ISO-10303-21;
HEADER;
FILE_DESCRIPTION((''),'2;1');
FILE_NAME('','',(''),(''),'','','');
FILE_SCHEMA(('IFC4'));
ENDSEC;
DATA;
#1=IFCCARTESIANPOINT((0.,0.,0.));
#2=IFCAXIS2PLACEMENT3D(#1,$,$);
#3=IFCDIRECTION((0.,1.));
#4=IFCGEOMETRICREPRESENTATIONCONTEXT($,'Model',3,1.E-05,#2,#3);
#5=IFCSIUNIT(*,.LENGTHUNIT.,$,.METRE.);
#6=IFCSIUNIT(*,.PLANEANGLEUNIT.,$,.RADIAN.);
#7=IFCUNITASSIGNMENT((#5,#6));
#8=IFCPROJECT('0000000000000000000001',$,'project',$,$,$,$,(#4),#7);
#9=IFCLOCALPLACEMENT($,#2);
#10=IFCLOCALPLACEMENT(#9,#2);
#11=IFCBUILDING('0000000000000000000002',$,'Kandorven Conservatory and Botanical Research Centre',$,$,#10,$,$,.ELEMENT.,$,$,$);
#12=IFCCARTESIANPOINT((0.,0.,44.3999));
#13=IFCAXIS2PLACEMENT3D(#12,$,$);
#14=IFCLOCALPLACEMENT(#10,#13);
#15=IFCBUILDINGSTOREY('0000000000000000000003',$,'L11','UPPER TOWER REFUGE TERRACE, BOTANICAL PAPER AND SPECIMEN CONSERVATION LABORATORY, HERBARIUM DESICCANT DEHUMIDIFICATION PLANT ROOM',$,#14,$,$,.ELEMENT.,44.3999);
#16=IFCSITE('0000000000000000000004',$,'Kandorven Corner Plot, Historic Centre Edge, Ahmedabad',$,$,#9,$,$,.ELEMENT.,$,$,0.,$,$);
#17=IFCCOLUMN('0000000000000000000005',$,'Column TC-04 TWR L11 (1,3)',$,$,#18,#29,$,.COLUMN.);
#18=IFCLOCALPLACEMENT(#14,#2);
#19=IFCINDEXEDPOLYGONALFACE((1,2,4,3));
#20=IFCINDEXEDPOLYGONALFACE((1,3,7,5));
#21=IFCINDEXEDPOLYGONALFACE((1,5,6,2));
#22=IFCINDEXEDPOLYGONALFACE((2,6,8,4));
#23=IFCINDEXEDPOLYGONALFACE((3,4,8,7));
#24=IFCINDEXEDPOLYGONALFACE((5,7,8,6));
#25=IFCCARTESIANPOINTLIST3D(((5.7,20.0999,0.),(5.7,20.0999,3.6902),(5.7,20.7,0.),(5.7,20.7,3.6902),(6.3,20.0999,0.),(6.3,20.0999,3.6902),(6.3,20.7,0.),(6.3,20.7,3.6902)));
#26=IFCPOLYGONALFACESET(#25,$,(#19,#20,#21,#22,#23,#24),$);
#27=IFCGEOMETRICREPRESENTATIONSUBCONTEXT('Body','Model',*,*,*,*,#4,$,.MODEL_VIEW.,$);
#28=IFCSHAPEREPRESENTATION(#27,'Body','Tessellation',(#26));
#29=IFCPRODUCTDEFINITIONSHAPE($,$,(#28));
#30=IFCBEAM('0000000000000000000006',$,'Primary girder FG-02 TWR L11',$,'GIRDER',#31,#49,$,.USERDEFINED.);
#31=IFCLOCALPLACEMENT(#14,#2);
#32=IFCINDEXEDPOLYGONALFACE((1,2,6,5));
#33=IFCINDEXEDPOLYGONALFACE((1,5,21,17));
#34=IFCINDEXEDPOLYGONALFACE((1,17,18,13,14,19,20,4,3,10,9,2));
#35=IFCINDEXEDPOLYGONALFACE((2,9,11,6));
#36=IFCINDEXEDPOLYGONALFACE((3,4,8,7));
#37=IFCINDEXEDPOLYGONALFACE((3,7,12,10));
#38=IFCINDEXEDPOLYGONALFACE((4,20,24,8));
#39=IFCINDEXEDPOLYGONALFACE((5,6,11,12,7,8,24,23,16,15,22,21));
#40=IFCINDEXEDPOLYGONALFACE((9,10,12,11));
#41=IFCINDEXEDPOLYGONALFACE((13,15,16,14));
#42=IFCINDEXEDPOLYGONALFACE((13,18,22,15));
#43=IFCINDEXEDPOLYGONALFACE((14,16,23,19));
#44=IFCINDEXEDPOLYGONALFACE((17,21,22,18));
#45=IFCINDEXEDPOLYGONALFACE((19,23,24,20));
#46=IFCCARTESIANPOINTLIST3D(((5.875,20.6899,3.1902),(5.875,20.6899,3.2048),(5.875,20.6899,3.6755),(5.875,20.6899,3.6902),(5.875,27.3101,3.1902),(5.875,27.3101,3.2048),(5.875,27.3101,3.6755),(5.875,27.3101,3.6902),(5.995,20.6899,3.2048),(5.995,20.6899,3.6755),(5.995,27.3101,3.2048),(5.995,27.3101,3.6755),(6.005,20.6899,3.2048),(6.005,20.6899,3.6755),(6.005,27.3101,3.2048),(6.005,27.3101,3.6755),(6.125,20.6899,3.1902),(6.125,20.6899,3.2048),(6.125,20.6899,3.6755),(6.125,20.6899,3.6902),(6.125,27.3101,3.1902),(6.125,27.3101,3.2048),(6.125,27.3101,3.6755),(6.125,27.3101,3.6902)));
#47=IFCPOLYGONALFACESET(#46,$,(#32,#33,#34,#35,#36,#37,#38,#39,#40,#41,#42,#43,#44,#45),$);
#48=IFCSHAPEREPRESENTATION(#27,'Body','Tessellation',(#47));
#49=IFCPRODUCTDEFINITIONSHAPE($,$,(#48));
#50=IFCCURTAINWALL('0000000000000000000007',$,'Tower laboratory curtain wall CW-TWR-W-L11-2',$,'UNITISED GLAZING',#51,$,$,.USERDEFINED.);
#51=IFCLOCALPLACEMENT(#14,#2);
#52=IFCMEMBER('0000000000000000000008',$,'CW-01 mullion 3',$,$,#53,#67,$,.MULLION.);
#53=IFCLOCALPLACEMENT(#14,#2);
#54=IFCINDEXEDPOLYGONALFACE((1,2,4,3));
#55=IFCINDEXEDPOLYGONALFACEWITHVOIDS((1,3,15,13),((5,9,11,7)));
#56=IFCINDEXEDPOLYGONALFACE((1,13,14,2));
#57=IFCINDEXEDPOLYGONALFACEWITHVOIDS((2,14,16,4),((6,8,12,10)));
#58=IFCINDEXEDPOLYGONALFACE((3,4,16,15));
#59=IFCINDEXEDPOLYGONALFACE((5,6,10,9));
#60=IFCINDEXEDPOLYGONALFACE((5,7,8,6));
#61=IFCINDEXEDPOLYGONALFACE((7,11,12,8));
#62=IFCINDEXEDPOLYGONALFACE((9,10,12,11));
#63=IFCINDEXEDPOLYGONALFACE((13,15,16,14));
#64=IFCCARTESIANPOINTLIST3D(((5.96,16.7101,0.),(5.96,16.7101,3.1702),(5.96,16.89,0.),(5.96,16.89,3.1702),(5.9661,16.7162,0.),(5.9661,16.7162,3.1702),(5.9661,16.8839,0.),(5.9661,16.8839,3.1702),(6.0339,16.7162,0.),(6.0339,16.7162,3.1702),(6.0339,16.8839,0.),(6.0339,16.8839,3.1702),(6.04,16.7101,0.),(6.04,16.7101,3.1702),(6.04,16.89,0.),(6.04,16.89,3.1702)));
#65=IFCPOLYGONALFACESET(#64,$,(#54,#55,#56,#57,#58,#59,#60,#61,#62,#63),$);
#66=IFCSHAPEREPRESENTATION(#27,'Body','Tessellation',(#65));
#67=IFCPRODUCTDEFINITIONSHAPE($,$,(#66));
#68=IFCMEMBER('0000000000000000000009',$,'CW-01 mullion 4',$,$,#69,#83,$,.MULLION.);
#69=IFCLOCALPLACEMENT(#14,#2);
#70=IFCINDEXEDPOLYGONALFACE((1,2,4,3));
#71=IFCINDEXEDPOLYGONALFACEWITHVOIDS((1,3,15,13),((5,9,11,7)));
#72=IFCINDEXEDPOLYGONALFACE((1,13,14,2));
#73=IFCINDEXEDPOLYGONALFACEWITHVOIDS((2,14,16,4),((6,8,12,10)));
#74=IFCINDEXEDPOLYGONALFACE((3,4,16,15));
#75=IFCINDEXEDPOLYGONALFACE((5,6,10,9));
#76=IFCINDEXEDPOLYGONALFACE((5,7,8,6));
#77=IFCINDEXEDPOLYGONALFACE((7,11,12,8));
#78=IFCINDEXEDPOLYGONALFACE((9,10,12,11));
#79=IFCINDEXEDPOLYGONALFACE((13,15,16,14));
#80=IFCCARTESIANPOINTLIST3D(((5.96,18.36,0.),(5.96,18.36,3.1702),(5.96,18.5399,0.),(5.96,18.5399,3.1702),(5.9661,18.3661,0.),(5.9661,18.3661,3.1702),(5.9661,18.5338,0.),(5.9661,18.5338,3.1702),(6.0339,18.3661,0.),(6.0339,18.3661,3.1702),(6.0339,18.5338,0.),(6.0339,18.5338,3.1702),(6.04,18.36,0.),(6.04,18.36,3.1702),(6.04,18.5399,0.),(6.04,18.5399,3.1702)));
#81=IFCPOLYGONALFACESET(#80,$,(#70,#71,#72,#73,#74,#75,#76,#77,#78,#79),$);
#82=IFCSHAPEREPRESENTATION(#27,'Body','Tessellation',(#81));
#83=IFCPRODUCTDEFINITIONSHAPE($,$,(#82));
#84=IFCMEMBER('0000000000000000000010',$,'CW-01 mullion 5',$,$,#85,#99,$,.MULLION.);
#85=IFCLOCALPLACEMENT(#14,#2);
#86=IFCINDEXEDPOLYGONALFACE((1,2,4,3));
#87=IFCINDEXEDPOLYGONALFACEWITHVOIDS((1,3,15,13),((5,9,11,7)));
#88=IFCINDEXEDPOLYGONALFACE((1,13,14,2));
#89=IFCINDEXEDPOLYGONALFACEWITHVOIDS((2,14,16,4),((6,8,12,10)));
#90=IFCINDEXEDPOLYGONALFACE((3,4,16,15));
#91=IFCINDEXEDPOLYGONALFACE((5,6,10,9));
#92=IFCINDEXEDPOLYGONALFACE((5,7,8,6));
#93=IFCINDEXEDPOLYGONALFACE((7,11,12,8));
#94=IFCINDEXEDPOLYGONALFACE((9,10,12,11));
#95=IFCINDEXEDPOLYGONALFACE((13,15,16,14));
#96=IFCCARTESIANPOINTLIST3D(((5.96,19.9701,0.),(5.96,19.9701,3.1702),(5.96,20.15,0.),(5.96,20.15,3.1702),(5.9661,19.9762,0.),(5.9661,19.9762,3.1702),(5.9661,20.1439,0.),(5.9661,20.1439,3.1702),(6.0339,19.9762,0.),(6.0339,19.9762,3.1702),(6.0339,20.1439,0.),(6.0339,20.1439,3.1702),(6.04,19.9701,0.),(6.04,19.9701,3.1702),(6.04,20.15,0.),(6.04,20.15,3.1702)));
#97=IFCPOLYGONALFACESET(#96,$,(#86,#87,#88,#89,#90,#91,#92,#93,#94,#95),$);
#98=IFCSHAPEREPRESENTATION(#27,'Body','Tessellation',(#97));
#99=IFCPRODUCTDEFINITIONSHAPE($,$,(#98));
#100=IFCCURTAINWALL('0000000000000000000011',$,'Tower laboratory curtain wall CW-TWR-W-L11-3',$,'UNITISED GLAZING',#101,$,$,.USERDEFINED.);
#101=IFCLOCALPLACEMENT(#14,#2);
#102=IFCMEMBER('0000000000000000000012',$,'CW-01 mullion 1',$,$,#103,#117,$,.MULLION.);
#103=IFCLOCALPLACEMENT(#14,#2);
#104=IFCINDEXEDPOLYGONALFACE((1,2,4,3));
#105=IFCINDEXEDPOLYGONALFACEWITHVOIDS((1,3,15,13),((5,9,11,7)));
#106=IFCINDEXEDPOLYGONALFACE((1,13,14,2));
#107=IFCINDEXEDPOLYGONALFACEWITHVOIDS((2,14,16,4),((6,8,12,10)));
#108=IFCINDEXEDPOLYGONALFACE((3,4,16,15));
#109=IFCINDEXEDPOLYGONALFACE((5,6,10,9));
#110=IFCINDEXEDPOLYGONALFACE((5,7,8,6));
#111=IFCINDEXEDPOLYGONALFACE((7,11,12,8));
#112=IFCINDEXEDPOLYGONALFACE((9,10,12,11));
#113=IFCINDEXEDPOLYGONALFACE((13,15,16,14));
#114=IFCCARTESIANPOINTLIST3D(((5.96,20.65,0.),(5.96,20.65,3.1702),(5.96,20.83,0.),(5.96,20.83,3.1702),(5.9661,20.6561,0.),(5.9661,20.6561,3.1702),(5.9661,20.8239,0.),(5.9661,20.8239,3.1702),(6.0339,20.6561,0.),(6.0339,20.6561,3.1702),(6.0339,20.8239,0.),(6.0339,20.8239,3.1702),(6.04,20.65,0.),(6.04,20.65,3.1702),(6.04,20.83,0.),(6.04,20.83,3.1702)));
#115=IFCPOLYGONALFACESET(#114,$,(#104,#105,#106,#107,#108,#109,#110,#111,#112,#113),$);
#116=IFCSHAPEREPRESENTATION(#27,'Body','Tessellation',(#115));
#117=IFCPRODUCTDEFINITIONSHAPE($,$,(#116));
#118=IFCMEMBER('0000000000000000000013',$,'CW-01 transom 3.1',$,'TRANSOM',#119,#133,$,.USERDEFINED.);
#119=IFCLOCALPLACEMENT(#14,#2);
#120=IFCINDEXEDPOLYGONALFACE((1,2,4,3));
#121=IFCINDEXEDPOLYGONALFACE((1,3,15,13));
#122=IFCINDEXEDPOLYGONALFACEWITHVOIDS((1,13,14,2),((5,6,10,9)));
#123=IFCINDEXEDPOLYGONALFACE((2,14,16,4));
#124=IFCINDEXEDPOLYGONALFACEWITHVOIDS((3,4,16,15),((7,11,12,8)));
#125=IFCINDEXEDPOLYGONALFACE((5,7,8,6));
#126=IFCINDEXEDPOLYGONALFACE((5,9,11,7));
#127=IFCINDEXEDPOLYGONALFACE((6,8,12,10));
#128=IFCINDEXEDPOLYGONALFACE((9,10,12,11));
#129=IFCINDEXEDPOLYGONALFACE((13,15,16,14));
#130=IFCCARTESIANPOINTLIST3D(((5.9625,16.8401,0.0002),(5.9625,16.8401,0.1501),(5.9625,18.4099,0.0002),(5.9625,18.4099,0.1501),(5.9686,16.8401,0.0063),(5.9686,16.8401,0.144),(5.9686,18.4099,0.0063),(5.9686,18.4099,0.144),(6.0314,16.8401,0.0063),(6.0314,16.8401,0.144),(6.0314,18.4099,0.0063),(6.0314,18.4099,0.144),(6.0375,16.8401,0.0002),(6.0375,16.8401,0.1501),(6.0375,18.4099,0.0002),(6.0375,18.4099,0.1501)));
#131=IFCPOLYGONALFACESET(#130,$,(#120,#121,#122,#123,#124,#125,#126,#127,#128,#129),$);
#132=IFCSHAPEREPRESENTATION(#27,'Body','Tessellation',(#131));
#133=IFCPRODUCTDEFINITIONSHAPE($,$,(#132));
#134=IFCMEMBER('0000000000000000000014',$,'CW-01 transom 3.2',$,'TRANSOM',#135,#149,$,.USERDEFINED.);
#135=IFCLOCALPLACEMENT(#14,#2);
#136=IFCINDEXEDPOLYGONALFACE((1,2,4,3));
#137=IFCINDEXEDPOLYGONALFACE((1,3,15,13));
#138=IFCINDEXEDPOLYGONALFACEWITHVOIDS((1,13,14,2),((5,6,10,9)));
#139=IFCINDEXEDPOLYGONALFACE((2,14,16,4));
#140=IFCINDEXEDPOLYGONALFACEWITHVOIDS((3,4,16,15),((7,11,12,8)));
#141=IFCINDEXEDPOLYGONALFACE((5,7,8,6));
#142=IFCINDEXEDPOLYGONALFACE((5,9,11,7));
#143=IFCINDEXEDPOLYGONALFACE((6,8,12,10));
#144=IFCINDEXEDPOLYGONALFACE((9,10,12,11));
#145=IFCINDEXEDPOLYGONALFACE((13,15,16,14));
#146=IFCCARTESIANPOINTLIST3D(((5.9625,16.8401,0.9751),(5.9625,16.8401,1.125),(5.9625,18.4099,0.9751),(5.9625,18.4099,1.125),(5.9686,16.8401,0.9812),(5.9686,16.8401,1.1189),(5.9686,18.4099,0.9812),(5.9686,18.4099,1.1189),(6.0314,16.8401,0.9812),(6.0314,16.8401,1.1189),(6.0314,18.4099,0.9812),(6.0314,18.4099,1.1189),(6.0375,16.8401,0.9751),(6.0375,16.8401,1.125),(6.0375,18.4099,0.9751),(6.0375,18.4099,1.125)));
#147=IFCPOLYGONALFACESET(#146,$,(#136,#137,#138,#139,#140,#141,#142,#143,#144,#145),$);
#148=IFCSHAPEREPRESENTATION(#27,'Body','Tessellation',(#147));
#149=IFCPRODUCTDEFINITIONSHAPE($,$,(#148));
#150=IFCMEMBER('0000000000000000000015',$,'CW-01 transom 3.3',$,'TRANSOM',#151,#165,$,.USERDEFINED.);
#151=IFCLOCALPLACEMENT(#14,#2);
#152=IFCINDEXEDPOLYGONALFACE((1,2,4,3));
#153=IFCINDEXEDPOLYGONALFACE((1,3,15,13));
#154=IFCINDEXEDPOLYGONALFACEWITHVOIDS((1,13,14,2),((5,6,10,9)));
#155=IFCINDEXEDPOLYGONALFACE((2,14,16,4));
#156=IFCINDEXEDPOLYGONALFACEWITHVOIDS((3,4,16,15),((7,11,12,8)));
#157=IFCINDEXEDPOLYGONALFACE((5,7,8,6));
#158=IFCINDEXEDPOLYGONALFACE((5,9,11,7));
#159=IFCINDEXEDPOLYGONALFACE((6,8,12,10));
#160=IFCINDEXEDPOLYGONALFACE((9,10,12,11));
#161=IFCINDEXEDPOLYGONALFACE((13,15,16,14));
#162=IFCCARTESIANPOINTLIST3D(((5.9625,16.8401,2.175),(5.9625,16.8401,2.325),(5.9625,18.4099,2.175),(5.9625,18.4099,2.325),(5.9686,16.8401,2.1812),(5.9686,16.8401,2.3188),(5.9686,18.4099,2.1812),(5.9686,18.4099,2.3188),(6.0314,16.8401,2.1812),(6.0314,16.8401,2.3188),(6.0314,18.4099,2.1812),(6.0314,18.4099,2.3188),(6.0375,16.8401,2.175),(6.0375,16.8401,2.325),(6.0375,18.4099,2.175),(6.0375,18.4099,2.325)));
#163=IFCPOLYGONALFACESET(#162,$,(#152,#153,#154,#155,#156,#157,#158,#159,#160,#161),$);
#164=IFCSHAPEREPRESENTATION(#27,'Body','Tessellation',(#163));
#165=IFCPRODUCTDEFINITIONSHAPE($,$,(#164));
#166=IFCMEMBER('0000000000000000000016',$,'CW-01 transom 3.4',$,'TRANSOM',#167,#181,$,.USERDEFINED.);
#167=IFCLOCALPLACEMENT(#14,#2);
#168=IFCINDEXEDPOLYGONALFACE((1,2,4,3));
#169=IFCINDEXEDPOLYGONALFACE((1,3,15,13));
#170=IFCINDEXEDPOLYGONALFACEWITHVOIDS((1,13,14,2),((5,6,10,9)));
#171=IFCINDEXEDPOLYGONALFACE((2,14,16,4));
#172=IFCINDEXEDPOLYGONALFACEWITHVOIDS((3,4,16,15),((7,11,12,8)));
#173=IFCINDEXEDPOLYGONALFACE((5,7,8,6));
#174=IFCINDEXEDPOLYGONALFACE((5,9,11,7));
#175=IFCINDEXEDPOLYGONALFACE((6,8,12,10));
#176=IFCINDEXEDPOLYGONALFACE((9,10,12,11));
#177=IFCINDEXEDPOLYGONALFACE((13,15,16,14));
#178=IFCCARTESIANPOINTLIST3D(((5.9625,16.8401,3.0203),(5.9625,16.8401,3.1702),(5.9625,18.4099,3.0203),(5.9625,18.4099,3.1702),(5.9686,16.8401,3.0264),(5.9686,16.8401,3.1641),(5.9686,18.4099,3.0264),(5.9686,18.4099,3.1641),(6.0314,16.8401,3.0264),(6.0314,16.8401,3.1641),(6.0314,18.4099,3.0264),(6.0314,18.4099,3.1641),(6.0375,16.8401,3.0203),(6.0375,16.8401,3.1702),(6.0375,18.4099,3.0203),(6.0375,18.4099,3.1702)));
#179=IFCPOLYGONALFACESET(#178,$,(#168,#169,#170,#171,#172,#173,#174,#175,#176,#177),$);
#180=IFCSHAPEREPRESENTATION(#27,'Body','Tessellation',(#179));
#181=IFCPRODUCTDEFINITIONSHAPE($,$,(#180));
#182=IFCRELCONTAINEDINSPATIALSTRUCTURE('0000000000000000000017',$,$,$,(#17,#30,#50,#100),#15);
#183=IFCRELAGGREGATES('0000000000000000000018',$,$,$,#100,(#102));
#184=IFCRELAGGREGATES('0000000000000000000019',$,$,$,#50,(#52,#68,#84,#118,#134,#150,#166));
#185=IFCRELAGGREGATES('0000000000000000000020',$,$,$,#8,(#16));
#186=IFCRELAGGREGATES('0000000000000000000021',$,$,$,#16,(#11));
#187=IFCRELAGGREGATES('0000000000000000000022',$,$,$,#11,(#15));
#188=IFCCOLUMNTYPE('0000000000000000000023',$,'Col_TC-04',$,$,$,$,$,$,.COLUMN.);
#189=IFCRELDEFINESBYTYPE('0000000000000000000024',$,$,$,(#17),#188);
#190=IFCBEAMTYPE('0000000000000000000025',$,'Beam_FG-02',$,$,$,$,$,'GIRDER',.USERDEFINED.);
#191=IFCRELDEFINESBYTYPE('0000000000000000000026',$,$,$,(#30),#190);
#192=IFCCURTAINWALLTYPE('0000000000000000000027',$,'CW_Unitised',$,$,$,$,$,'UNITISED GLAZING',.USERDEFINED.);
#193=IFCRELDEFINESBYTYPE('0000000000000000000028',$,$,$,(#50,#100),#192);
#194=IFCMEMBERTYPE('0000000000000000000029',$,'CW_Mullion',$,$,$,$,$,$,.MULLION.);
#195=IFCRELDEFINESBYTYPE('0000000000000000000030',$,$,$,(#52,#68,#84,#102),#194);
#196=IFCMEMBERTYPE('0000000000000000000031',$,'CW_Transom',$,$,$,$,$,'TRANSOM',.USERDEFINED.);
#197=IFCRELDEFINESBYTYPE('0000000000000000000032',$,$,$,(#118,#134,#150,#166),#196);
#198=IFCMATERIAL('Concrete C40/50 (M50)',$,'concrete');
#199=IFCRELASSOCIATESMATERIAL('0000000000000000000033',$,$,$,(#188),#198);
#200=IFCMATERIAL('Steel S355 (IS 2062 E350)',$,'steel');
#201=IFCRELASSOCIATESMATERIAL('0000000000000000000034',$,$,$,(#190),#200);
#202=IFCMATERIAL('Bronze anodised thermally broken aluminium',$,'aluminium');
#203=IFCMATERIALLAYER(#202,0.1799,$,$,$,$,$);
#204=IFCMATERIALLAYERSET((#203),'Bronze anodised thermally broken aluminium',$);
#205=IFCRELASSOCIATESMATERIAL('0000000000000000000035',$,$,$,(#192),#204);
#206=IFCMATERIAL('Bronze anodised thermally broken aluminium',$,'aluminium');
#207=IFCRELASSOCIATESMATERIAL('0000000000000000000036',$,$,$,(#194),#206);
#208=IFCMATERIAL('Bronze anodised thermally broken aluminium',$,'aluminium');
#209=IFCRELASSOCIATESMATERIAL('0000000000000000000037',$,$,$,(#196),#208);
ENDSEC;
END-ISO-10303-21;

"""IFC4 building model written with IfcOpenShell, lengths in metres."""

from ifc_helpers import new_model, si_unit, direction, frame, origin, origin_2d, place, context, subcontext, project, spatial, rectangle, hollow_rectangle, i_section, extrude, material, layer, layer_set, material_profile, profile_set, type_object, element, aggregate, save


model = new_model("IFC4")

# Units and contexts
model_context = context("Model", 3, precision=1e-05, world=origin(), true_north=direction((0.0, 1.0)))
body_context = subcontext(model_context, "Body", "Model", "MODEL_VIEW")
ifc_project = project(units=[si_unit("LENGTHUNIT", "METRE"), si_unit("PLANEANGLEUNIT", "RADIAN")], contexts=[model_context])

# Site, building, storey
site_placement = place(None, origin())
site = spatial("IfcSite", under=ifc_project, at=site_placement, Name="Kandorven Corner Plot, Historic Centre Edge, Ahmedabad", CompositionType="ELEMENT", RefElevation=0.0)
building_placement = place(site_placement, origin())
building = spatial("IfcBuilding", under=site, at=building_placement, Name="Kandorven Conservatory and Botanical Research Centre", CompositionType="ELEMENT")
storey_placement = place(building_placement, frame((0.0, 0.0, 44.3999)))
storey = spatial("IfcBuildingStorey", under=building, at=storey_placement, Name="L11", Description="UPPER TOWER REFUGE TERRACE, BOTANICAL PAPER AND SPECIMEN CONSERVATION LABORATORY, HERBARIUM DESICCANT DEHUMIDIFICATION PLANT ROOM", CompositionType="ELEMENT", Elevation=44.3999)

# Column
ifc_material_1 = material(Name="Concrete C40/50 (M50)", Category="concrete")
ifc_material_profile_1 = material_profile(ifc_material_1, rectangle(XDim=0.6001, YDim=0.6001, at=origin_2d()))
ifc_profile_set_1 = profile_set([ifc_material_profile_1], Name="Concrete C40/50 (M50)")
column_type = type_object("IfcColumnType", Name="Col_TC-04", PredefinedType="COLUMN", material=ifc_profile_set_1)
column_placement = place(storey_placement, frame((6.0, 20.3999, 0.0), z_axis=(0.0, 0.0, 1.0), x_axis=(1.0, 0.0, 0.0)))
element("IfcColumn", 1, at=column_placement, inside=storey, type_object=column_type, Name="Column TC-04 TWR L11 (1,3)", PredefinedType="COLUMN", context=body_context, shape_type="SweptSolid", body=[
    extrude(rectangle(XDim=0.6001, YDim=0.6001, at=origin_2d()), origin(), (0.0, 0.0, 1.0), 3.6902),
])

# Beam
ifc_material_2 = material(Name="Steel S355 (IS 2062 E350)", Category="steel")
ifc_material_profile_2 = material_profile(ifc_material_2, i_section(OverallWidth=0.25, OverallDepth=0.5, WebThickness=0.01, FlangeThickness=0.0146, at=origin_2d()))
ifc_profile_set_2 = profile_set([ifc_material_profile_2], Name="Steel S355 (IS 2062 E350)")
beam_type = type_object("IfcBeamType", Name="Beam_FG-02", ElementType="GIRDER", PredefinedType="USERDEFINED", material=ifc_profile_set_2)
beam_placement = place(storey_placement, frame((6.0, 20.6899, 3.4402), z_axis=(0.0, 1.0, 0.0), x_axis=(-1.0, 0.0, 0.0)))
element("IfcBeam", 2, at=beam_placement, inside=storey, type_object=beam_type, Name="Primary girder FG-02 TWR L11", ObjectType="GIRDER", PredefinedType="USERDEFINED", context=body_context, shape_type="SweptSolid", body=[
    extrude(i_section(OverallWidth=0.25, OverallDepth=0.5, WebThickness=0.01, FlangeThickness=0.0146, at=origin_2d()), origin(), (0.0, 0.0, 1.0), 6.6201),
])

# Curtain wall, members
ifc_material_3 = material(Name="Bronze anodised thermally broken aluminium", Category="aluminium")
ifc_layer_1 = layer(ifc_material_3, 0.1799)
ifc_layer_set_1 = layer_set([ifc_layer_1], Name="Bronze anodised thermally broken aluminium")
curtain_wall_type = type_object("IfcCurtainWallType", Name="CW_Unitised", ElementType="UNITISED GLAZING", PredefinedType="USERDEFINED", material=ifc_layer_set_1)
curtain_wall_1_placement = place(storey_placement, origin())
curtain_wall_1 = element("IfcCurtainWall", 3, at=curtain_wall_1_placement, inside=storey, type_object=curtain_wall_type, Name="Tower laboratory curtain wall CW-TWR-W-L11-2", ObjectType="UNITISED GLAZING", PredefinedType="USERDEFINED")
ifc_material_4 = material(Name="Bronze anodised thermally broken aluminium", Category="aluminium")
ifc_material_profile_3 = material_profile(ifc_material_4, hollow_rectangle(XDim=0.0801, YDim=0.1799, WallThickness=0.0061, at=origin_2d()))
ifc_profile_set_3 = profile_set([ifc_material_profile_3], Name="Bronze anodised thermally broken aluminium")
member_type_1 = type_object("IfcMemberType", Name="CW_Mullion", PredefinedType="MULLION", material=ifc_profile_set_3)
member_1_placement = place(storey_placement, frame((6.0, 16.8, 0.0), z_axis=(0.0, 0.0, 1.0), x_axis=(-1.0, 0.0, 0.0)))
member_1 = element("IfcMember", 4, at=member_1_placement, type_object=member_type_1, Name="CW-01 mullion 3", PredefinedType="MULLION", context=body_context, shape_type="SweptSolid", body=[
    extrude(hollow_rectangle(XDim=0.0801, YDim=0.1799, WallThickness=0.0061, at=origin_2d()), origin(), (0.0, 0.0, 1.0), 3.1702),
])
member_2_placement = place(storey_placement, frame((6.0, 18.45, 0.0), z_axis=(0.0, 0.0, 1.0), x_axis=(-1.0, 0.0, 0.0)))
member_2 = element("IfcMember", 5, at=member_2_placement, type_object=member_type_1, Name="CW-01 mullion 4", PredefinedType="MULLION", context=body_context, shape_type="SweptSolid", body=[
    extrude(hollow_rectangle(XDim=0.0801, YDim=0.1799, WallThickness=0.0061, at=origin_2d()), origin(), (0.0, 0.0, 1.0), 3.1702),
])
member_3_placement = place(storey_placement, frame((6.0, 20.0601, 0.0), z_axis=(0.0, 0.0, 1.0), x_axis=(-1.0, 0.0, 0.0)))
member_3 = element("IfcMember", 6, at=member_3_placement, type_object=member_type_1, Name="CW-01 mullion 5", PredefinedType="MULLION", context=body_context, shape_type="SweptSolid", body=[
    extrude(hollow_rectangle(XDim=0.0801, YDim=0.1799, WallThickness=0.0061, at=origin_2d()), origin(), (0.0, 0.0, 1.0), 3.1702),
])

# Curtain wall, member
curtain_wall_2_placement = place(storey_placement, origin())
curtain_wall_2 = element("IfcCurtainWall", 7, at=curtain_wall_2_placement, inside=storey, type_object=curtain_wall_type, Name="Tower laboratory curtain wall CW-TWR-W-L11-3", ObjectType="UNITISED GLAZING", PredefinedType="USERDEFINED")
member_4_placement = place(storey_placement, frame((6.0, 20.74, 0.0), z_axis=(0.0, 0.0, 1.0), x_axis=(-1.0, 0.0, 0.0)))
member_4 = element("IfcMember", 8, at=member_4_placement, type_object=member_type_1, Name="CW-01 mullion 1", PredefinedType="MULLION", context=body_context, shape_type="SweptSolid", body=[
    extrude(hollow_rectangle(XDim=0.0801, YDim=0.1799, WallThickness=0.0061, at=origin_2d()), origin(), (0.0, 0.0, 1.0), 3.1702),
])

# Members
ifc_material_5 = material(Name="Bronze anodised thermally broken aluminium", Category="aluminium")
ifc_material_profile_4 = material_profile(ifc_material_5, hollow_rectangle(XDim=0.075, YDim=0.1499, WallThickness=0.0061, at=origin_2d()))
ifc_profile_set_4 = profile_set([ifc_material_profile_4], Name="Bronze anodised thermally broken aluminium")
member_type_2 = type_object("IfcMemberType", Name="CW_Transom", ElementType="TRANSOM", PredefinedType="USERDEFINED", material=ifc_profile_set_4)
member_5_placement = place(storey_placement, frame((6.0, 16.8401, 0.0752), z_axis=(0.0, 1.0, 0.0), x_axis=(-1.0, 0.0, 0.0)))
member_5 = element("IfcMember", 9, at=member_5_placement, type_object=member_type_2, Name="CW-01 transom 3.1", ObjectType="TRANSOM", PredefinedType="USERDEFINED", context=body_context, shape_type="SweptSolid", body=[
    extrude(hollow_rectangle(XDim=0.075, YDim=0.1499, WallThickness=0.0061, at=origin_2d()), origin(), (0.0, 0.0, 1.0), 1.5698),
])
member_6_placement = place(storey_placement, frame((6.0, 16.8401, 1.05), z_axis=(0.0, 1.0, 0.0), x_axis=(-1.0, 0.0, 0.0)))
member_6 = element("IfcMember", 10, at=member_6_placement, type_object=member_type_2, Name="CW-01 transom 3.2", ObjectType="TRANSOM", PredefinedType="USERDEFINED", context=body_context, shape_type="SweptSolid", body=[
    extrude(hollow_rectangle(XDim=0.075, YDim=0.1499, WallThickness=0.0061, at=origin_2d()), origin(), (0.0, 0.0, 1.0), 1.5698),
])
member_7_placement = place(storey_placement, frame((6.0, 16.8401, 2.25), z_axis=(0.0, 1.0, 0.0), x_axis=(-1.0, 0.0, 0.0)))
member_7 = element("IfcMember", 11, at=member_7_placement, type_object=member_type_2, Name="CW-01 transom 3.3", ObjectType="TRANSOM", PredefinedType="USERDEFINED", context=body_context, shape_type="SweptSolid", body=[
    extrude(hollow_rectangle(XDim=0.075, YDim=0.1499, WallThickness=0.0061, at=origin_2d()), origin(), (0.0, 0.0, 1.0), 1.5698),
])
member_8_placement = place(storey_placement, frame((6.0, 16.8401, 3.0952), z_axis=(0.0, 1.0, 0.0), x_axis=(-1.0, 0.0, 0.0)))
member_8 = element("IfcMember", 12, at=member_8_placement, type_object=member_type_2, Name="CW-01 transom 3.4", ObjectType="TRANSOM", PredefinedType="USERDEFINED", context=body_context, shape_type="SweptSolid", body=[
    extrude(hollow_rectangle(XDim=0.075, YDim=0.1499, WallThickness=0.0061, at=origin_2d()), origin(), (0.0, 0.0, 1.0), 1.5698),
])
aggregate(curtain_wall_2, [member_4])

aggregate(curtain_wall_1, [member_1, member_2, member_3, member_5, member_6, member_7, member_8])

save(model, "model.ifc")
